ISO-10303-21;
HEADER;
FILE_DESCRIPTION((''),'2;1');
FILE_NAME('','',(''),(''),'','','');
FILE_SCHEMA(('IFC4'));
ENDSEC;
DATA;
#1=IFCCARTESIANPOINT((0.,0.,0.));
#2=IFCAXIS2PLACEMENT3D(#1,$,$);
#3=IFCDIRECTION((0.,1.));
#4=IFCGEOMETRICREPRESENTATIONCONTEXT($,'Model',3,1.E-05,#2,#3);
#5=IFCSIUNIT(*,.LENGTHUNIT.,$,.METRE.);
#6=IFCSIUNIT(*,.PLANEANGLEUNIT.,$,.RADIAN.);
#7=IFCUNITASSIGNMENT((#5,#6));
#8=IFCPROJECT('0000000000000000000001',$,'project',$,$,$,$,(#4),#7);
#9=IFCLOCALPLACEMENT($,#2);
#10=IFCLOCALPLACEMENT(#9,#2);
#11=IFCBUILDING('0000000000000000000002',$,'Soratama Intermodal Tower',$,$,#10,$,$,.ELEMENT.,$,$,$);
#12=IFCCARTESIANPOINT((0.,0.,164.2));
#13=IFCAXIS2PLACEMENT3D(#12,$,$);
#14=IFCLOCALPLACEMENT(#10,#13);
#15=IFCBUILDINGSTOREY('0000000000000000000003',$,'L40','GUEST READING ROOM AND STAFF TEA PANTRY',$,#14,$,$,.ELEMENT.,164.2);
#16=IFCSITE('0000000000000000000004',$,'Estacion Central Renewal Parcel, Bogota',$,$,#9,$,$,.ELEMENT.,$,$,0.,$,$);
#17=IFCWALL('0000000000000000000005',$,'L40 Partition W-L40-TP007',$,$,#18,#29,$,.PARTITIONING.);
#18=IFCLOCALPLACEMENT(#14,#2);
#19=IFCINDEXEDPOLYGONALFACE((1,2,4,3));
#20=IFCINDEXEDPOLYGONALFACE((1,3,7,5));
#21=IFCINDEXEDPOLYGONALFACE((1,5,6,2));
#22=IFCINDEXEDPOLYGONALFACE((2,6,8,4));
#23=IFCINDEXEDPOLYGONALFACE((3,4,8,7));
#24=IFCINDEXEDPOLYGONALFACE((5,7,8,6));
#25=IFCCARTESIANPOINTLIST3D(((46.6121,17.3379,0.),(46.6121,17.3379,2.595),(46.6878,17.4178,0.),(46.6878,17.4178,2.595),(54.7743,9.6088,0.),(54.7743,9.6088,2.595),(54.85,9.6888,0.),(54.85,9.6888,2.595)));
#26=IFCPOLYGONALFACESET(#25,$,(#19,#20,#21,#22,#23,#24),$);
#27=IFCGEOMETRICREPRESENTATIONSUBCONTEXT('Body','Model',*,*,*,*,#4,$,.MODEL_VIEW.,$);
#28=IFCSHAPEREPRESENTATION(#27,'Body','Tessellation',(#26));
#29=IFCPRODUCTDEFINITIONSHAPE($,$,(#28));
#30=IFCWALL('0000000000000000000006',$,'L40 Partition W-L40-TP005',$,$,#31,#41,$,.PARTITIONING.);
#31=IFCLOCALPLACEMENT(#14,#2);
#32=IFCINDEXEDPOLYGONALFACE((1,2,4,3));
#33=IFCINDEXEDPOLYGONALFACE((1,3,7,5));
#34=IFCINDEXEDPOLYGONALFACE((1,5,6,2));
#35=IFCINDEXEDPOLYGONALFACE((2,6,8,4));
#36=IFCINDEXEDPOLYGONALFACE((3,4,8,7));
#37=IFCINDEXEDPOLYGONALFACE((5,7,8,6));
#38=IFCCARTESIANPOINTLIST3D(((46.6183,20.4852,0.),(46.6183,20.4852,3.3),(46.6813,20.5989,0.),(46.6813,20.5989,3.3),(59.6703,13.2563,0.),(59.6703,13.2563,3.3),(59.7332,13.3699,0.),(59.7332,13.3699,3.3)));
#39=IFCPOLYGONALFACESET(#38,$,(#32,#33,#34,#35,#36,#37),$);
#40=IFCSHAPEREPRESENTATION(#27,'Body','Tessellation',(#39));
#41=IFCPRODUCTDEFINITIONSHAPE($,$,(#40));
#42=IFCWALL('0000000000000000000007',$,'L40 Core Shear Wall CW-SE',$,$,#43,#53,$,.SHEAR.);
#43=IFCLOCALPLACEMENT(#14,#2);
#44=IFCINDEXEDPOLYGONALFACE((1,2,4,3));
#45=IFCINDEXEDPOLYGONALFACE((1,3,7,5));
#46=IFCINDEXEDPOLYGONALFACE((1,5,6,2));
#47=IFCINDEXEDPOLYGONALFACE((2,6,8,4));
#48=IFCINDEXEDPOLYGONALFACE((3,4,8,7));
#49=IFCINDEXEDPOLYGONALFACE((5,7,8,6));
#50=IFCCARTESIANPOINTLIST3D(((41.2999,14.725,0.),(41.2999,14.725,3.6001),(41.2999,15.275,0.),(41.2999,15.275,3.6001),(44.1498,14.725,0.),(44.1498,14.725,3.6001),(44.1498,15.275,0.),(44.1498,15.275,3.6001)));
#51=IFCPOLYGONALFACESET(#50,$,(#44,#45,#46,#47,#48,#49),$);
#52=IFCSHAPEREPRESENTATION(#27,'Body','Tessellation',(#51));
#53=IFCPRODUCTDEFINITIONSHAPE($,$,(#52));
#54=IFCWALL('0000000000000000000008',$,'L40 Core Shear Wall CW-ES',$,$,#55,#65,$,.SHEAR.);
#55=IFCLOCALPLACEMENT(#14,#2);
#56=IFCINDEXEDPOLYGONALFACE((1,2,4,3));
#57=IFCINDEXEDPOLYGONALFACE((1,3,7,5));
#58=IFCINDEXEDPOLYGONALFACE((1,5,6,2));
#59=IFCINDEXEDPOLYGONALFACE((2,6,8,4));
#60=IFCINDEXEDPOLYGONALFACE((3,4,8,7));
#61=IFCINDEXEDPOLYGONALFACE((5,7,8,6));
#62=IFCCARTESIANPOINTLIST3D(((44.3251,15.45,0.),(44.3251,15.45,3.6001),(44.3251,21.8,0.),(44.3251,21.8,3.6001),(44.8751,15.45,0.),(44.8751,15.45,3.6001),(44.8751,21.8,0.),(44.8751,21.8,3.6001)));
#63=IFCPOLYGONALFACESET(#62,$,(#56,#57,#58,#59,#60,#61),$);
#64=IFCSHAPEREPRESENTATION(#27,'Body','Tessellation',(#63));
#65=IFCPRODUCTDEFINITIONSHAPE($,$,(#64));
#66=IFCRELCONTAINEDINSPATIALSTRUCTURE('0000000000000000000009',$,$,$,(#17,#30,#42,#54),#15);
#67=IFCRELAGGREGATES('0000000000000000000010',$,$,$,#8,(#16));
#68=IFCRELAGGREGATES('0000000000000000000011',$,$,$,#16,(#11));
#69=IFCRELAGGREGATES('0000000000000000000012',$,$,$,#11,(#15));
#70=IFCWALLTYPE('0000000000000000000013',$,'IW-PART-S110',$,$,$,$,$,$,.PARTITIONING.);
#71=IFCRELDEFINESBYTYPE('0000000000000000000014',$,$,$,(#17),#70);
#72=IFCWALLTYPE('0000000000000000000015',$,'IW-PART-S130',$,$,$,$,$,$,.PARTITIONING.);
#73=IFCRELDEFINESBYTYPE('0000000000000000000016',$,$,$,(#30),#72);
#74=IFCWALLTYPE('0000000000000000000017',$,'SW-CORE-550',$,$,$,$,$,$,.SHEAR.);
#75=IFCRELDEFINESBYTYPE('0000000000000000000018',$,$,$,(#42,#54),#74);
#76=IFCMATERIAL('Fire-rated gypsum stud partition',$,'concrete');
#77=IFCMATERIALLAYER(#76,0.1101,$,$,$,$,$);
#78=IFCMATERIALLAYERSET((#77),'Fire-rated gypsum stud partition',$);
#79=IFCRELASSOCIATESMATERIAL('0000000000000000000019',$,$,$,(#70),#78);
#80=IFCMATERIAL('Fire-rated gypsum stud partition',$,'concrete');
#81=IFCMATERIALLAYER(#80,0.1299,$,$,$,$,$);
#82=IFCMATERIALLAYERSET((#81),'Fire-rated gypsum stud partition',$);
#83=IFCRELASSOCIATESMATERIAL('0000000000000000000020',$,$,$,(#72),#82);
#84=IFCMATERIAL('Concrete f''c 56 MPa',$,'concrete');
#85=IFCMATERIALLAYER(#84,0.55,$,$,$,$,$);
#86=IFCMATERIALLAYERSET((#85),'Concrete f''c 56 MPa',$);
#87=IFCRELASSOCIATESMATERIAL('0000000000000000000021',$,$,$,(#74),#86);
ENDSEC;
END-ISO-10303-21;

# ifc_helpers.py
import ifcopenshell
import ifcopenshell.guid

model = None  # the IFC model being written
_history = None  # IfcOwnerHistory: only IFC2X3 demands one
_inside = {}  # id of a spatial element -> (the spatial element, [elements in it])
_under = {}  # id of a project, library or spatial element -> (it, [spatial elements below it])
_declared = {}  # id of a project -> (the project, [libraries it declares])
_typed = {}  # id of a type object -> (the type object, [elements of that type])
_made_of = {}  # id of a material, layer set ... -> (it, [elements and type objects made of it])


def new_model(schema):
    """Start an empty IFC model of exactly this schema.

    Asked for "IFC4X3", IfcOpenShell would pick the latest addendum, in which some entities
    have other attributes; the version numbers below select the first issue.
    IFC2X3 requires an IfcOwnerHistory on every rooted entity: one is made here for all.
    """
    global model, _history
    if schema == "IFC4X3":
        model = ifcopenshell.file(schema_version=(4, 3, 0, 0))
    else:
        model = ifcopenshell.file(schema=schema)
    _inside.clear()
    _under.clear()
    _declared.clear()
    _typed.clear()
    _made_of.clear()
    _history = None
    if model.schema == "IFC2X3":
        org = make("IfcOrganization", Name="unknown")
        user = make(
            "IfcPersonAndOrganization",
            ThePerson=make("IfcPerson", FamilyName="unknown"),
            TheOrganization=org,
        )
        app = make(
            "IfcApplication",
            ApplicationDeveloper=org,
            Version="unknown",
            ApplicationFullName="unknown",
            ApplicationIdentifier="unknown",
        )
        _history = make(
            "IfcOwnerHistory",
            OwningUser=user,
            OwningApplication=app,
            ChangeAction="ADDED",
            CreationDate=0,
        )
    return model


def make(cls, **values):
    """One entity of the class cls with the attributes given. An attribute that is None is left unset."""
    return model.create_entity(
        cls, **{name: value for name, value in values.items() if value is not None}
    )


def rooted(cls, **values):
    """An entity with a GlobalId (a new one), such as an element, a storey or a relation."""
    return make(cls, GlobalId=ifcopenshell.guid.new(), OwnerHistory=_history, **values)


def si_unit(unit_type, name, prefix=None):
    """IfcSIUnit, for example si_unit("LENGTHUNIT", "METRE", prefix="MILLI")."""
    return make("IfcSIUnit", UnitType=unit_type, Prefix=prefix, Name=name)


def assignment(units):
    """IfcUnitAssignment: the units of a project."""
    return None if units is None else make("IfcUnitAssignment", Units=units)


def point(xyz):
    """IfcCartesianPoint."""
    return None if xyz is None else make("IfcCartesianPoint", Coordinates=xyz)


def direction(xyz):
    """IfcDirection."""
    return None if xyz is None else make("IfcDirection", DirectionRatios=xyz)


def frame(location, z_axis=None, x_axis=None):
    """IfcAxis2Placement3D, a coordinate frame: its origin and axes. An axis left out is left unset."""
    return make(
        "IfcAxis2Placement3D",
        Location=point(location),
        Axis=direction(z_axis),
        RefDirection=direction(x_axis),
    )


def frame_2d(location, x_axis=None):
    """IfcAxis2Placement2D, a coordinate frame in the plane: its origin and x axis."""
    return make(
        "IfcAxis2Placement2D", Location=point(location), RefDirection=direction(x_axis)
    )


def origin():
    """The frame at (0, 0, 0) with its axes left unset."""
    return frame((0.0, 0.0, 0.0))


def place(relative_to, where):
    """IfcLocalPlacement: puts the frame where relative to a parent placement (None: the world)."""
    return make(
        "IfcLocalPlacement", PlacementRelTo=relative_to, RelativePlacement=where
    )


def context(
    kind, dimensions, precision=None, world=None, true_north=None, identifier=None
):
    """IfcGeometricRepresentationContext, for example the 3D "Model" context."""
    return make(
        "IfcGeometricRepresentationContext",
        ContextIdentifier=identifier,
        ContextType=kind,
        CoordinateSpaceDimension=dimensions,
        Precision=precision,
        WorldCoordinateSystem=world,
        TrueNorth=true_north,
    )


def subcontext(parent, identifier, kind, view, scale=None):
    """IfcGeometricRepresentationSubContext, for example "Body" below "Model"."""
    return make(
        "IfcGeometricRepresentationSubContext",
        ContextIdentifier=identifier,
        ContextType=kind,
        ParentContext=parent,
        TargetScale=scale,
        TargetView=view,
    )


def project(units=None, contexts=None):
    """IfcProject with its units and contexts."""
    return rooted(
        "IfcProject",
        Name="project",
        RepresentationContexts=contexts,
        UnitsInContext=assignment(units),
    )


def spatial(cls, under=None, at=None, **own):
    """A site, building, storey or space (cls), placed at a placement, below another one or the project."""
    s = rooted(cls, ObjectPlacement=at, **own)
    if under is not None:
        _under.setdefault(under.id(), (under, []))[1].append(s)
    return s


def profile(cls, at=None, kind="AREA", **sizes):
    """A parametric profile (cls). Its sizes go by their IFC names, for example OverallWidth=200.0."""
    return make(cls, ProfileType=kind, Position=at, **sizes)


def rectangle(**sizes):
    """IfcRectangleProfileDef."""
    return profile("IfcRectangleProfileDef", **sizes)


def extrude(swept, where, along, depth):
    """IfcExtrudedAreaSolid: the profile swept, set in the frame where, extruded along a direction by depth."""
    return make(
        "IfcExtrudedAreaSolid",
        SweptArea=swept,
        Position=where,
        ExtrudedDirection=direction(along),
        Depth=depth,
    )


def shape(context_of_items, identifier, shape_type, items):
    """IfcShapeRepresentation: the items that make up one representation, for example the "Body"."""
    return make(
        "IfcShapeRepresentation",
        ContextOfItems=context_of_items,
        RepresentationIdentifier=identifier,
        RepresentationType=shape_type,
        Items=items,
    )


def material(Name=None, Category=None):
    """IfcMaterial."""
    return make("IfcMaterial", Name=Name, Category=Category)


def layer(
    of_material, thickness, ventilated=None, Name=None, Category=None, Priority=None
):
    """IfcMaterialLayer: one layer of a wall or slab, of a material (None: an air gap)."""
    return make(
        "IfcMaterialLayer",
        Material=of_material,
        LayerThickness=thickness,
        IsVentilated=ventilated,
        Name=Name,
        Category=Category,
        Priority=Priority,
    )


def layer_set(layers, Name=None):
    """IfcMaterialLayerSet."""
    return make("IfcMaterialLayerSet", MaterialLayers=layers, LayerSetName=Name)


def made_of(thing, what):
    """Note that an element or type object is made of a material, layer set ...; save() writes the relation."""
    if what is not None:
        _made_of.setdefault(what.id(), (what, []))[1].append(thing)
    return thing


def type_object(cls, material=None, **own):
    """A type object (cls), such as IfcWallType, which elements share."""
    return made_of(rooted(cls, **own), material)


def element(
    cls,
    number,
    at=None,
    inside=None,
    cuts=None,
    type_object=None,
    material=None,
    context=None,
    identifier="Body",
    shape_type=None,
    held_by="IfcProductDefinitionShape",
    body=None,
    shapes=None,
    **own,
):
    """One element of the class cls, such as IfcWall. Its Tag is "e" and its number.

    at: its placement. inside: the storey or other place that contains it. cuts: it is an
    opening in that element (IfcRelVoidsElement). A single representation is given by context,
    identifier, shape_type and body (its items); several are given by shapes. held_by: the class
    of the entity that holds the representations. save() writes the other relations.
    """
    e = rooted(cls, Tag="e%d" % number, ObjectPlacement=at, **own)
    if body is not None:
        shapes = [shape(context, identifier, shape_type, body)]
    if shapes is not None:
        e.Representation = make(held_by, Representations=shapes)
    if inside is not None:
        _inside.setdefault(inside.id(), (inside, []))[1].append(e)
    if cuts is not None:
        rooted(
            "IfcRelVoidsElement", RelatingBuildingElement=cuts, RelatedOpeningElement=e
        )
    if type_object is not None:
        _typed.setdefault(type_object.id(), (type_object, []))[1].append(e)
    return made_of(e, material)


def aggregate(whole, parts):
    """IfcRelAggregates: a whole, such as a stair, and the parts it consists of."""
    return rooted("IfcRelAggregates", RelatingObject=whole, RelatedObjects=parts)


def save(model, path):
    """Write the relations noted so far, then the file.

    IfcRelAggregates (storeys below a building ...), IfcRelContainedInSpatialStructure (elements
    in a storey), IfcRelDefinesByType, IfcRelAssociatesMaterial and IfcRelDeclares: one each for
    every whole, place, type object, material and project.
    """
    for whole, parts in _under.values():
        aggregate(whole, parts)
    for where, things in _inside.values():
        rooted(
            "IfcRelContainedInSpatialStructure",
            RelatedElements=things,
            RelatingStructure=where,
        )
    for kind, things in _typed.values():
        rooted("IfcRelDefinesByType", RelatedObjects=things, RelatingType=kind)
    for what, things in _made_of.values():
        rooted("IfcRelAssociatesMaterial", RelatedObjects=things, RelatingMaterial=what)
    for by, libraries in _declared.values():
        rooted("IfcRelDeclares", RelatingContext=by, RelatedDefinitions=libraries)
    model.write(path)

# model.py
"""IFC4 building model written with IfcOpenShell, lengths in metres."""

from ifc_helpers import new_model, si_unit, direction, frame, frame_2d, origin, place, context, subcontext, project, spatial, rectangle, extrude, material, layer, layer_set, type_object, element, save


model = new_model("IFC4")

# Units and contexts
model_context = context("Model", 3, precision=1e-05, world=origin(), true_north=direction((0.0, 1.0)))
body_context = subcontext(model_context, "Body", "Model", "MODEL_VIEW")
ifc_project = project(units=[si_unit("LENGTHUNIT", "METRE"), si_unit("PLANEANGLEUNIT", "RADIAN")], contexts=[model_context])

# Site, building, storey
site_placement = place(None, origin())
site = spatial("IfcSite", under=ifc_project, at=site_placement, Name="Estacion Central Renewal Parcel, Bogota", CompositionType="ELEMENT", RefElevation=0.0)
building_placement = place(site_placement, origin())
building = spatial("IfcBuilding", under=site, at=building_placement, Name="Soratama Intermodal Tower", CompositionType="ELEMENT")
storey_placement = place(building_placement, frame((0.0, 0.0, 164.2)))
storey = spatial("IfcBuildingStorey", under=building, at=storey_placement, Name="L40", Description="GUEST READING ROOM AND STAFF TEA PANTRY", CompositionType="ELEMENT", Elevation=164.2)

# Walls
ifc_material_1 = material(Name="Fire-rated gypsum stud partition", Category="concrete")
ifc_layer_1 = layer(ifc_material_1, 0.1101)
ifc_layer_set_1 = layer_set([ifc_layer_1], Name="Fire-rated gypsum stud partition")
wall_type_1 = type_object("IfcWallType", Name="IW-PART-S110", PredefinedType="PARTITIONING", material=ifc_layer_set_1)
wall_1_placement = place(storey_placement, frame((46.6499, 17.3779, 0.0), z_axis=(0.0, 0.0, 1.0), x_axis=(0.726109, -0.68758, 0.0)))
element("IfcWall", 1, at=wall_1_placement, inside=storey, type_object=wall_type_1, Name="L40 Partition W-L40-TP007", PredefinedType="PARTITIONING", context=body_context, shape_type="SweptSolid", body=[
    extrude(rectangle(XDim=11.241, YDim=0.1101, at=frame_2d((5.6206, 0.0))), origin(), (0.0, 0.0, 1.0), 2.595),
])
ifc_material_2 = material(Name="Fire-rated gypsum stud partition", Category="concrete")
ifc_layer_2 = layer(ifc_material_2, 0.1299)
ifc_layer_set_2 = layer_set([ifc_layer_2], Name="Fire-rated gypsum stud partition")
wall_type_2 = type_object("IfcWallType", Name="IW-PART-S130", PredefinedType="PARTITIONING", material=ifc_layer_set_2)
wall_2_placement = place(storey_placement, frame((46.6499, 20.542, 0.0), z_axis=(0.0, 0.0, 1.0), x_axis=(0.874786, -0.48451, 0.0)))
element("IfcWall", 2, at=wall_2_placement, inside=storey, type_object=wall_type_2, Name="L40 Partition W-L40-TP005", PredefinedType="PARTITIONING", context=body_context, shape_type="SweptSolid", body=[
    extrude(rectangle(XDim=14.9202, YDim=0.1299, at=frame_2d((7.46, 0.0))), origin(), (0.0, 0.0, 1.0), 3.3),
])
ifc_material_3 = material(Name="Concrete f'c 56 MPa", Category="concrete")
ifc_layer_3 = layer(ifc_material_3, 0.55)
ifc_layer_set_3 = layer_set([ifc_layer_3], Name="Concrete f'c 56 MPa")
wall_type_3 = type_object("IfcWallType", Name="SW-CORE-550", PredefinedType="SHEAR", material=ifc_layer_set_3)
wall_3_placement = place(storey_placement, frame((41.3, 15.0, 0.0), z_axis=(0.0, 0.0, 1.0), x_axis=(1.0, 0.0, 0.0)))
element("IfcWall", 3, at=wall_3_placement, inside=storey, type_object=wall_type_3, Name="L40 Core Shear Wall CW-SE", PredefinedType="SHEAR", context=body_context, shape_type="SweptSolid", body=[
    extrude(rectangle(XDim=2.8499, YDim=0.55, at=frame_2d((1.4248, 0.0))), origin(), (0.0, 0.0, 1.0), 3.6001),
])
wall_4_placement = place(storey_placement, frame((44.6001, 15.45, 0.0), z_axis=(0.0, 0.0, 1.0), x_axis=(0.0, 1.0, 0.0)))
element("IfcWall", 4, at=wall_4_placement, inside=storey, type_object=wall_type_3, Name="L40 Core Shear Wall CW-ES", PredefinedType="SHEAR", context=body_context, shape_type="SweptSolid", body=[
    extrude(rectangle(XDim=6.3501, YDim=0.55, at=frame_2d((3.175, 0.0))), origin(), (0.0, 0.0, 1.0), 3.6001),
])

save(model, "model.ifc")
